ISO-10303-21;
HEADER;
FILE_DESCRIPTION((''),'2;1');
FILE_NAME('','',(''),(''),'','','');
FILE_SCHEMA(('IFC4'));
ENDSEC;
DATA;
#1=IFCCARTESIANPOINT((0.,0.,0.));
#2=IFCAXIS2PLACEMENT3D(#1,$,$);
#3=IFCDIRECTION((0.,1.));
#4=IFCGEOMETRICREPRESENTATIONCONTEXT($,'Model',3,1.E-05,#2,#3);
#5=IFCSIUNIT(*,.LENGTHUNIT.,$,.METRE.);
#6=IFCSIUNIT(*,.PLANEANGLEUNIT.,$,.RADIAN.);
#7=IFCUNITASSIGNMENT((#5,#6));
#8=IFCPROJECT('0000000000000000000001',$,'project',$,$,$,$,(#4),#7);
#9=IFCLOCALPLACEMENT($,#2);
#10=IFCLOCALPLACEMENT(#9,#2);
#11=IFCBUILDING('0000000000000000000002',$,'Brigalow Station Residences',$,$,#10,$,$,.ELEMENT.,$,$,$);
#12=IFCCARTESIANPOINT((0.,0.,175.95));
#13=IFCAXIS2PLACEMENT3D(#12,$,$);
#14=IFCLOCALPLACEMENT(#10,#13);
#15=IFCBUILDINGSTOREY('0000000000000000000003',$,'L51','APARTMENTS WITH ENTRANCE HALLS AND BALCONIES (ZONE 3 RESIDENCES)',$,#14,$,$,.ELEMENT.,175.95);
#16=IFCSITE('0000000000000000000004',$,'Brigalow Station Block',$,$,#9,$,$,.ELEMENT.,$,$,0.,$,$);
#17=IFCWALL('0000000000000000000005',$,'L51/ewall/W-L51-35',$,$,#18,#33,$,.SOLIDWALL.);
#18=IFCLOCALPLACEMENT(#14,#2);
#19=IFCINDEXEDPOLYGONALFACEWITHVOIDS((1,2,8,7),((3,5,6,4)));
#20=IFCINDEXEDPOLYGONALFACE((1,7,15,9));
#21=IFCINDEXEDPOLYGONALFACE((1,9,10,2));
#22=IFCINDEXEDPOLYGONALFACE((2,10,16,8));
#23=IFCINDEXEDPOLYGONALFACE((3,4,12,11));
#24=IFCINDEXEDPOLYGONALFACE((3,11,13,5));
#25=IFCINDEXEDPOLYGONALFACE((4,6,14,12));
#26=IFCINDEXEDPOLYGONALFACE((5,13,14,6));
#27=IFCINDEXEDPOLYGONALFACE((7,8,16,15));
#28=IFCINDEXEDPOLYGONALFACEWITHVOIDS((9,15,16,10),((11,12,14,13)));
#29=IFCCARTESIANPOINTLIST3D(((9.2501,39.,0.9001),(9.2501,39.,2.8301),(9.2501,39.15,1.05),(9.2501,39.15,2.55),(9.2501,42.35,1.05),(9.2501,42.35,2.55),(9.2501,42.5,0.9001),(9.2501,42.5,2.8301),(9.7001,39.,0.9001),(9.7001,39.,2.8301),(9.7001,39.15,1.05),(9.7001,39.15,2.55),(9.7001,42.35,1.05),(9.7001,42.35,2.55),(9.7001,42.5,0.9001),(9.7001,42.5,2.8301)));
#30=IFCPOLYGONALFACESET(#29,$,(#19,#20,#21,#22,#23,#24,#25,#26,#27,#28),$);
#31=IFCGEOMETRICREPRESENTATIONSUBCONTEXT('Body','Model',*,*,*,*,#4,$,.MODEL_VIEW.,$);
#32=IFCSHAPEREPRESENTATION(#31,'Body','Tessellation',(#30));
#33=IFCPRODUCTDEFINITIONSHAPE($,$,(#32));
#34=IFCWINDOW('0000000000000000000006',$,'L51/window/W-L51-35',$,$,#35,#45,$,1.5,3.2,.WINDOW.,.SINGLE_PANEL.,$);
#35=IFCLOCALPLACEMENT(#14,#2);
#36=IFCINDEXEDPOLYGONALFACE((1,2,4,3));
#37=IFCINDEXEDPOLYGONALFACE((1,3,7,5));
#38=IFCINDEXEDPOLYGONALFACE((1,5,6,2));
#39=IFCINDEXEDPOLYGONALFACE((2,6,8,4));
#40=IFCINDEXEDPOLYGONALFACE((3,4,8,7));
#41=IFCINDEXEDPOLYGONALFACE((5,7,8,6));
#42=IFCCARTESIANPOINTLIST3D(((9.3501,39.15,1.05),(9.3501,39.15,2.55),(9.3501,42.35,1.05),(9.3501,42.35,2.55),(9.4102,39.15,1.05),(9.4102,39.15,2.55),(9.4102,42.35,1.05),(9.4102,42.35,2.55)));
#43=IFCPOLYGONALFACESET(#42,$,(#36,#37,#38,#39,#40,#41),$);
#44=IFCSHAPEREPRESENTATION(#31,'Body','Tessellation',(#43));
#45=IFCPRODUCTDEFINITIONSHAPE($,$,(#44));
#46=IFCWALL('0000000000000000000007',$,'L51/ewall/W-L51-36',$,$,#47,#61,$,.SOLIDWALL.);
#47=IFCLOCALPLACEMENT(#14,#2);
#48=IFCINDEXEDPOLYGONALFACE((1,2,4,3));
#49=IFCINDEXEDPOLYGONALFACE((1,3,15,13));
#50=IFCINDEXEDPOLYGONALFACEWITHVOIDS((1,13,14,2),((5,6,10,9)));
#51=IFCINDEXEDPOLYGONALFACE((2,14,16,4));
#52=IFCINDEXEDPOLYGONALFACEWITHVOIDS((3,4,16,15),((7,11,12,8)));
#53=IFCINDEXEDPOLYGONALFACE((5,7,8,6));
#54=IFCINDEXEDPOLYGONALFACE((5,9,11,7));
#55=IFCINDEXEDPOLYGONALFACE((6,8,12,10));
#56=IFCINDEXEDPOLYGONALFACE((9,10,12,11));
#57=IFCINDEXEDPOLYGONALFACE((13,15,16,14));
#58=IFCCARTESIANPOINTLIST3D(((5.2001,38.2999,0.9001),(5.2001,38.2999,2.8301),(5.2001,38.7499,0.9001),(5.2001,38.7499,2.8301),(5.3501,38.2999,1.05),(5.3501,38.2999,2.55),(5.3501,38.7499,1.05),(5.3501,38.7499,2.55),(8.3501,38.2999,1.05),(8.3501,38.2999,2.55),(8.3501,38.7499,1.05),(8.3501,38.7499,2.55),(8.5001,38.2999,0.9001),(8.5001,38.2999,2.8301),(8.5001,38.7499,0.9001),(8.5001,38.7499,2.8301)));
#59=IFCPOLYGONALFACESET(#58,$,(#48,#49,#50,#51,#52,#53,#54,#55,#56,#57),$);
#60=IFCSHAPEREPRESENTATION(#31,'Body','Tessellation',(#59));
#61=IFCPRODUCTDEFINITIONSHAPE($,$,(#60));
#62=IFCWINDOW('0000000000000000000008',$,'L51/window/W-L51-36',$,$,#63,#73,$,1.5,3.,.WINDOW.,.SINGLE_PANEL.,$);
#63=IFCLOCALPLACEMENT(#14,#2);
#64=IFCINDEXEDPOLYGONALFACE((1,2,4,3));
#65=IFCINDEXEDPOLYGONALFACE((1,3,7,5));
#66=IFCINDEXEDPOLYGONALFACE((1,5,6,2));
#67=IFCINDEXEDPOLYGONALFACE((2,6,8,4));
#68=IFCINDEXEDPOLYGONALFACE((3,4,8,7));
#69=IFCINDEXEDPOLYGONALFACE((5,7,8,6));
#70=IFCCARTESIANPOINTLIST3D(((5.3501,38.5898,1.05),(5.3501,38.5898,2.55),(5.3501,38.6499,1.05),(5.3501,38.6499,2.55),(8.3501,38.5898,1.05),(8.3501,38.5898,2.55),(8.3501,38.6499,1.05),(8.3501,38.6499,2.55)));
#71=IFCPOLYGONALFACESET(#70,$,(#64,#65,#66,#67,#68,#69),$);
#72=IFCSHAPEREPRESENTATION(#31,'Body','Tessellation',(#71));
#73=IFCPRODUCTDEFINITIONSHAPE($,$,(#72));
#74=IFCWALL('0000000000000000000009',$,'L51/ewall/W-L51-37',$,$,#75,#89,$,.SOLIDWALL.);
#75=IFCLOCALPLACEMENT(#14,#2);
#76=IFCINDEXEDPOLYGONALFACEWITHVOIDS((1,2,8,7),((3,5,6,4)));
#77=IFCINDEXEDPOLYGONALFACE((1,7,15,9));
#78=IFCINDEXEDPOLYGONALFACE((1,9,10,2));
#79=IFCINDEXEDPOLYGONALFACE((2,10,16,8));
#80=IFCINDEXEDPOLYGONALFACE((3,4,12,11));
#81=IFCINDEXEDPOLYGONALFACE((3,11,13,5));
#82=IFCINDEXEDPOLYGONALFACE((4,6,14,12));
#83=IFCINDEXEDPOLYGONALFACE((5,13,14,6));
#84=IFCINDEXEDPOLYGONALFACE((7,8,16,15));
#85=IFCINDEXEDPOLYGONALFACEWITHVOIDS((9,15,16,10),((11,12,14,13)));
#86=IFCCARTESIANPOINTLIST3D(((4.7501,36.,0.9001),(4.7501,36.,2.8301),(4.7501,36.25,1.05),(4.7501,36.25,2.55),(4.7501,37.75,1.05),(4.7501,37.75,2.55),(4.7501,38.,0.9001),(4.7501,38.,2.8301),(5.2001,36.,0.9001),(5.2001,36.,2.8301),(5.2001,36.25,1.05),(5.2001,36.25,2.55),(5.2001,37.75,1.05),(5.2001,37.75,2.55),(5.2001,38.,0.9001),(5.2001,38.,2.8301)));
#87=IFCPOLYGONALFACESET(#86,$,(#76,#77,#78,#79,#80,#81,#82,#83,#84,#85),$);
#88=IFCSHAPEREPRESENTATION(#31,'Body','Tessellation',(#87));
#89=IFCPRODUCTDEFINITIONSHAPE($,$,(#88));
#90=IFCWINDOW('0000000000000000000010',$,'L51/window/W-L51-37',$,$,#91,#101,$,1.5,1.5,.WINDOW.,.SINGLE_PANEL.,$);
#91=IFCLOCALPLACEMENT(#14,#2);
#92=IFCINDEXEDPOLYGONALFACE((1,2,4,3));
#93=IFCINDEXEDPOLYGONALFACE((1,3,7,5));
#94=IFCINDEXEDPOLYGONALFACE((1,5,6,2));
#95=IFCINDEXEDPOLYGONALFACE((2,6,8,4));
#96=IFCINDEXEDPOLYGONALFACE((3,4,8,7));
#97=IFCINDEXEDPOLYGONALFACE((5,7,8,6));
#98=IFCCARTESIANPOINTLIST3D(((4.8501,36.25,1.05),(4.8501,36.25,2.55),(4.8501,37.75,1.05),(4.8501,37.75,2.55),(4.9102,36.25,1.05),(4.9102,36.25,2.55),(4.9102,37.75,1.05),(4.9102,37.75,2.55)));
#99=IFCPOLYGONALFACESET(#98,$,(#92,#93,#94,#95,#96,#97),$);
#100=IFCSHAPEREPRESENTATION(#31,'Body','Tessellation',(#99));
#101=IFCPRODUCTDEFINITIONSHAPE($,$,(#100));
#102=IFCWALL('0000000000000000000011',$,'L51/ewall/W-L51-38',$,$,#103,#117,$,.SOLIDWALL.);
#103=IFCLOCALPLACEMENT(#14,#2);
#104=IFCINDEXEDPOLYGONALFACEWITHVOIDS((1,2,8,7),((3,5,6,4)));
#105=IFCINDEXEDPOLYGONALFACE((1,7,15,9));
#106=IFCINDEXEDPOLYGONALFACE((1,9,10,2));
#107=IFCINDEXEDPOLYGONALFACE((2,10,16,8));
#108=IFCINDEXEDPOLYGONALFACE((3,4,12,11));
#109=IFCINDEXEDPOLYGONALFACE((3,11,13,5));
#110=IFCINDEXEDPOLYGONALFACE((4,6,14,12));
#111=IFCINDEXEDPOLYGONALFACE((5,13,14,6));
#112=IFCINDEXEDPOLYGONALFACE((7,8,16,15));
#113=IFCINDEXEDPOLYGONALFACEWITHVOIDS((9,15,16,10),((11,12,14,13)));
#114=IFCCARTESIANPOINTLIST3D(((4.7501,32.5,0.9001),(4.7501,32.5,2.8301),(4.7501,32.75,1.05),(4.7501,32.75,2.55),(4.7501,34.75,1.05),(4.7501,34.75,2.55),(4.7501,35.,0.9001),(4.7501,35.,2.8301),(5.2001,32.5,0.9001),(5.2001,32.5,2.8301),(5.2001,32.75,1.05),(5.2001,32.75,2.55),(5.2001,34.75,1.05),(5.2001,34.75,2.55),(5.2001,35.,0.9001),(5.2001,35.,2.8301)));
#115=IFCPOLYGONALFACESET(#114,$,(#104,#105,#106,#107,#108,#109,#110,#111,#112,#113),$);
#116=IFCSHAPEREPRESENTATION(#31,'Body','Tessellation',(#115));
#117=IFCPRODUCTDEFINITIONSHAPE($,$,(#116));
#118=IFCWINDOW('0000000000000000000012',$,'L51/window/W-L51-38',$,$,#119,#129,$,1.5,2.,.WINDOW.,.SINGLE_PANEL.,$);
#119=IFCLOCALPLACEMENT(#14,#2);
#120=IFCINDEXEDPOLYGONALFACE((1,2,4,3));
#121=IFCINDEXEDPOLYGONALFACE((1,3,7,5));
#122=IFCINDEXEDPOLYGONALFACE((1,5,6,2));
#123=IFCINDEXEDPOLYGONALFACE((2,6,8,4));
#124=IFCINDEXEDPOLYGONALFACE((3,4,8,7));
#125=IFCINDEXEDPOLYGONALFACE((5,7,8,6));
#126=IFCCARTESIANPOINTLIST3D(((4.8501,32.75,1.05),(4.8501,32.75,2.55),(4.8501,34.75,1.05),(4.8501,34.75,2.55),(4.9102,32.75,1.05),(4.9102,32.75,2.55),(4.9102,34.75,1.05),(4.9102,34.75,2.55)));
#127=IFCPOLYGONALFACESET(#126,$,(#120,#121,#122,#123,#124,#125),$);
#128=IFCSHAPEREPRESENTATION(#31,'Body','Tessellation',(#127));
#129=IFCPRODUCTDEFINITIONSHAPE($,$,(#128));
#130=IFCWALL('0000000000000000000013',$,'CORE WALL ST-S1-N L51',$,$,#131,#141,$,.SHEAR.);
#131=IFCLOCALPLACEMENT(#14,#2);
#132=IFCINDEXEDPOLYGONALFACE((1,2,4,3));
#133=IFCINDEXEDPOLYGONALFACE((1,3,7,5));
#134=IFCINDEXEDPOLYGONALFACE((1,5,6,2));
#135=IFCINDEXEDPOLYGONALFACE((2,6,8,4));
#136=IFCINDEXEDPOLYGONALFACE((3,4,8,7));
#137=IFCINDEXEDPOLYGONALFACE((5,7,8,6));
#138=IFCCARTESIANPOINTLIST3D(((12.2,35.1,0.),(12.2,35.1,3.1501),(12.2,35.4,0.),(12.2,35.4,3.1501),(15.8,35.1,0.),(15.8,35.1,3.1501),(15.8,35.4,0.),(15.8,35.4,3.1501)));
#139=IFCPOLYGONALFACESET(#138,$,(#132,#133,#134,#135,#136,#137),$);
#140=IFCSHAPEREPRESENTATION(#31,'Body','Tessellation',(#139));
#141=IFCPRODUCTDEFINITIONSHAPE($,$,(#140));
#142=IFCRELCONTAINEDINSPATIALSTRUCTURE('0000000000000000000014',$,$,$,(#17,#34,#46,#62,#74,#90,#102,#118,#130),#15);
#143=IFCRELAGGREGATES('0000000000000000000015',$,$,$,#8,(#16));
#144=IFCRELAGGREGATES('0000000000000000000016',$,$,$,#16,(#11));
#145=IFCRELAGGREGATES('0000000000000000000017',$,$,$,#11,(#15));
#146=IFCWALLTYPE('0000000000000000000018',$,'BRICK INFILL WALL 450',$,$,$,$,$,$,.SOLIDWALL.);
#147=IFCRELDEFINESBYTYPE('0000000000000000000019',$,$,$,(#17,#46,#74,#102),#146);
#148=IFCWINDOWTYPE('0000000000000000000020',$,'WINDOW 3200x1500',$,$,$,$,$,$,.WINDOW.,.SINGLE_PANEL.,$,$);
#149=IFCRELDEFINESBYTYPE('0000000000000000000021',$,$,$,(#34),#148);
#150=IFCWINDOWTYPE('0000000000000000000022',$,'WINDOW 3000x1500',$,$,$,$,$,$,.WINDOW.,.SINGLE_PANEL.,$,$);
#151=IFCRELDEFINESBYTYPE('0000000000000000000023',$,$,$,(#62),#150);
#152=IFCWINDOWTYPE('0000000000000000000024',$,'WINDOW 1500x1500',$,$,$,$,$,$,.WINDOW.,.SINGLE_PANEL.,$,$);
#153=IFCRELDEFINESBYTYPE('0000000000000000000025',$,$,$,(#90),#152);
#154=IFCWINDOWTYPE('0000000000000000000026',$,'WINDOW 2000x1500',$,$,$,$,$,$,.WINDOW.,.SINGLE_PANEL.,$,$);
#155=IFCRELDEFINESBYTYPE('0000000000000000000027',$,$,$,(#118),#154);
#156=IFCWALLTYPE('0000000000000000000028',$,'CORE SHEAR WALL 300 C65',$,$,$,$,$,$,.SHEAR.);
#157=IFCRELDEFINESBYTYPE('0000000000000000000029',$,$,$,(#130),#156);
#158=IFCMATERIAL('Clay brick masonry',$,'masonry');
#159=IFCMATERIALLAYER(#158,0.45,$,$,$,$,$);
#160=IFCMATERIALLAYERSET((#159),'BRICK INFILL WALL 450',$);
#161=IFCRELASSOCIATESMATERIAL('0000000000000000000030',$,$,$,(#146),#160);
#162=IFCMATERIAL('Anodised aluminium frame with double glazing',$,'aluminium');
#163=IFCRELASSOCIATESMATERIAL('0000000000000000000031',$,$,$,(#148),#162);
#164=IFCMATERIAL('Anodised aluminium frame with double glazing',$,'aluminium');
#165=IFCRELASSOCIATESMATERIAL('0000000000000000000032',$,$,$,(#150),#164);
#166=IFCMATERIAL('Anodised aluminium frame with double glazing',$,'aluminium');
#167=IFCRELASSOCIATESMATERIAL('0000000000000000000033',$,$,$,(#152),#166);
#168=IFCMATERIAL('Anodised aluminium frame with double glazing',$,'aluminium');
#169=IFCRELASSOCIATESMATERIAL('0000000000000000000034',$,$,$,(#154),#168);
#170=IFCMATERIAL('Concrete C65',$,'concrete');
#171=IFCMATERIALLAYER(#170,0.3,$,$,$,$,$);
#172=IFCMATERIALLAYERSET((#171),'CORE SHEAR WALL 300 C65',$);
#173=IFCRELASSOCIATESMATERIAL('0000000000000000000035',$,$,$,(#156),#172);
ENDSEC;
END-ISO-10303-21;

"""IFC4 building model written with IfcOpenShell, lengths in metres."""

from ifc_helpers import new_model, si_unit, direction, frame, frame_2d, origin, place, context, subcontext, project, spatial, rectangle, extrude, material, layer, layer_set, type_object, element, fill, save


model = new_model("IFC4")

# Units and contexts
model_context = context("Model", 3, precision=1e-05, world=origin(), true_north=direction((0.0, 1.0)))
body_context = subcontext(model_context, "Body", "Model", "MODEL_VIEW")
ifc_project = project(units=[si_unit("LENGTHUNIT", "METRE"), si_unit("PLANEANGLEUNIT", "RADIAN")], contexts=[model_context])

# Site, building, storey
site_placement = place(None, origin())
site = spatial("IfcSite", under=ifc_project, at=site_placement, Name="Brigalow Station Block", CompositionType="ELEMENT", RefElevation=0.0)
building_placement = place(site_placement, origin())
building = spatial("IfcBuilding", under=site, at=building_placement, Name="Brigalow Station Residences", CompositionType="ELEMENT")
storey_placement = place(building_placement, frame((0.0, 0.0, 175.95)))
storey = spatial("IfcBuildingStorey", under=building, at=storey_placement, Name="L51", Description="APARTMENTS WITH ENTRANCE HALLS AND BALCONIES (ZONE 3 RESIDENCES)", CompositionType="ELEMENT", Elevation=175.95)

# Shared definitions
ifc_material_1 = material(Name="Clay brick masonry", Category="masonry")
ifc_layer_1 = layer(ifc_material_1, 0.45)
ifc_layer_set_1 = layer_set([ifc_layer_1], Name="BRICK INFILL WALL 450")
wall_type_1 = type_object("IfcWallType", Name="BRICK INFILL WALL 450", PredefinedType="SOLIDWALL", material=ifc_layer_set_1)

# Walls, openings, windows
wall_1_placement = place(storey_placement, frame((9.4751, 42.5, 0.9001), z_axis=(0.0, 0.0, 1.0), x_axis=(0.0, -1.0, 0.0)))
wall_1 = element("IfcWall", 1, at=wall_1_placement, inside=storey, type_object=wall_type_1, Name="L51/ewall/W-L51-35", PredefinedType="SOLIDWALL", context=body_context, shape_type="SweptSolid", body=[
    extrude(rectangle(XDim=3.5, YDim=0.45, at=frame_2d((1.75, 0.0))), origin(), (0.0, 0.0, 1.0), 1.9299),
])
opening_1_placement = place(wall_1_placement, frame((0.1499, 0.0, 0.1499)))
opening_1 = element("IfcOpeningElement", 2, at=opening_1_placement, cuts=wall_1, PredefinedType="OPENING", context=body_context, shape_type="SweptSolid", body=[
    extrude(rectangle(XDim=3.2, YDim=1.5, at=frame_2d((1.6001, 0.75))), frame((0.0, 0.2349, 0.0), z_axis=(0.0, -1.0, 0.0), x_axis=(1.0, 0.0, 0.0)), (0.0, 0.0, 1.0), 0.47),
])
ifc_material_2 = material(Name="Anodised aluminium frame with double glazing", Category="aluminium")
window_type_1 = type_object("IfcWindowType", Name="WINDOW 3200x1500", PartitioningType="SINGLE_PANEL", PredefinedType="WINDOW", material=ifc_material_2)
window_1_placement = place(opening_1_placement, origin())
window_1 = element("IfcWindow", 3, at=window_1_placement, inside=storey, type_object=window_type_1, Name="L51/window/W-L51-35", OverallHeight=1.5, OverallWidth=3.2, PartitioningType="SINGLE_PANEL", PredefinedType="WINDOW", context=body_context, shape_type="SweptSolid", body=[
    extrude(rectangle(XDim=3.2, YDim=1.5, at=frame_2d((1.6001, 0.75))), frame((0.0, -0.0649, 0.0), z_axis=(0.0, -1.0, 0.0), x_axis=(1.0, 0.0, 0.0)), (0.0, 0.0, 1.0), 0.0601),
])
fill(opening_1, window_1)
wall_2_placement = place(storey_placement, frame((8.5, 38.5249, 0.9001), z_axis=(0.0, 0.0, 1.0), x_axis=(-1.0, 0.0, 0.0)))
wall_2 = element("IfcWall", 4, at=wall_2_placement, inside=storey, type_object=wall_type_1, Name="L51/ewall/W-L51-36", PredefinedType="SOLIDWALL", context=body_context, shape_type="SweptSolid", body=[
    extrude(rectangle(XDim=3.3, YDim=0.45, at=frame_2d((1.6499, 0.0))), origin(), (0.0, 0.0, 1.0), 1.9299),
])
opening_2_placement = place(wall_2_placement, frame((0.1499, 0.0, 0.1499)))
opening_2 = element("IfcOpeningElement", 5, at=opening_2_placement, cuts=wall_2, PredefinedType="OPENING", context=body_context, shape_type="SweptSolid", body=[
    extrude(rectangle(XDim=3.0, YDim=1.5, at=frame_2d((1.5, 0.75))), frame((0.0, 0.2349, 0.0), z_axis=(0.0, -1.0, 0.0), x_axis=(1.0, 0.0, 0.0)), (0.0, 0.0, 1.0), 0.47),
])
ifc_material_3 = material(Name="Anodised aluminium frame with double glazing", Category="aluminium")
window_type_2 = type_object("IfcWindowType", Name="WINDOW 3000x1500", PartitioningType="SINGLE_PANEL", PredefinedType="WINDOW", material=ifc_material_3)
window_2_placement = place(opening_2_placement, origin())
window_2 = element("IfcWindow", 6, at=window_2_placement, inside=storey, type_object=window_type_2, Name="L51/window/W-L51-36", OverallHeight=1.5, OverallWidth=3.0, PartitioningType="SINGLE_PANEL", PredefinedType="WINDOW", context=body_context, shape_type="SweptSolid", body=[
    extrude(rectangle(XDim=3.0, YDim=1.5, at=frame_2d((1.5, 0.75))), frame((0.0, -0.0649, 0.0), z_axis=(0.0, -1.0, 0.0), x_axis=(1.0, 0.0, 0.0)), (0.0, 0.0, 1.0), 0.0601),
])
fill(opening_2, window_2)
wall_3_placement = place(storey_placement, frame((4.9751, 38.0, 0.9001), z_axis=(0.0, 0.0, 1.0), x_axis=(0.0, -1.0, 0.0)))
wall_3 = element("IfcWall", 7, at=wall_3_placement, inside=storey, type_object=wall_type_1, Name="L51/ewall/W-L51-37", PredefinedType="SOLIDWALL", context=body_context, shape_type="SweptSolid", body=[
    extrude(rectangle(XDim=2.0, YDim=0.45, at=frame_2d((1.0, 0.0))), origin(), (0.0, 0.0, 1.0), 1.9299),
])
opening_3_placement = place(wall_3_placement, frame((0.25, 0.0, 0.1499)))
opening_3 = element("IfcOpeningElement", 8, at=opening_3_placement, cuts=wall_3, PredefinedType="OPENING", context=body_context, shape_type="SweptSolid", body=[
    extrude(rectangle(XDim=1.5, YDim=1.5, at=frame_2d((0.75, 0.75))), frame((0.0, 0.2349, 0.0), z_axis=(0.0, -1.0, 0.0), x_axis=(1.0, 0.0, 0.0)), (0.0, 0.0, 1.0), 0.47),
])
ifc_material_4 = material(Name="Anodised aluminium frame with double glazing", Category="aluminium")
window_type_3 = type_object("IfcWindowType", Name="WINDOW 1500x1500", PartitioningType="SINGLE_PANEL", PredefinedType="WINDOW", material=ifc_material_4)
window_3_placement = place(opening_3_placement, origin())
window_3 = element("IfcWindow", 9, at=window_3_placement, inside=storey, type_object=window_type_3, Name="L51/window/W-L51-37", OverallHeight=1.5, OverallWidth=1.5, PartitioningType="SINGLE_PANEL", PredefinedType="WINDOW", context=body_context, shape_type="SweptSolid", body=[
    extrude(rectangle(XDim=1.5, YDim=1.5, at=frame_2d((0.75, 0.75))), frame((0.0, -0.0649, 0.0), z_axis=(0.0, -1.0, 0.0), x_axis=(1.0, 0.0, 0.0)), (0.0, 0.0, 1.0), 0.0601),
])
fill(opening_3, window_3)
wall_4_placement = place(storey_placement, frame((4.9751, 35.0, 0.9001), z_axis=(0.0, 0.0, 1.0), x_axis=(0.0, -1.0, 0.0)))
wall_4 = element("IfcWall", 10, at=wall_4_placement, inside=storey, type_object=wall_type_1, Name="L51/ewall/W-L51-38", PredefinedType="SOLIDWALL", context=body_context, shape_type="SweptSolid", body=[
    extrude(rectangle(XDim=2.5, YDim=0.45, at=frame_2d((1.25, 0.0))), origin(), (0.0, 0.0, 1.0), 1.9299),
])
opening_4_placement = place(wall_4_placement, frame((0.25, 0.0, 0.1499)))
opening_4 = element("IfcOpeningElement", 11, at=opening_4_placement, cuts=wall_4, PredefinedType="OPENING", context=body_context, shape_type="SweptSolid", body=[
    extrude(rectangle(XDim=2.0, YDim=1.5, at=frame_2d((1.0, 0.75))), frame((0.0, 0.2349, 0.0), z_axis=(0.0, -1.0, 0.0), x_axis=(1.0, 0.0, 0.0)), (0.0, 0.0, 1.0), 0.47),
])
ifc_material_5 = material(Name="Anodised aluminium frame with double glazing", Category="aluminium")
window_type_4 = type_object("IfcWindowType", Name="WINDOW 2000x1500", PartitioningType="SINGLE_PANEL", PredefinedType="WINDOW", material=ifc_material_5)
window_4_placement = place(opening_4_placement, origin())
window_4 = element("IfcWindow", 12, at=window_4_placement, inside=storey, type_object=window_type_4, Name="L51/window/W-L51-38", OverallHeight=1.5, OverallWidth=2.0, PartitioningType="SINGLE_PANEL", PredefinedType="WINDOW", context=body_context, shape_type="SweptSolid", body=[
    extrude(rectangle(XDim=2.0, YDim=1.5, at=frame_2d((1.0, 0.75))), frame((0.0, -0.0649, 0.0), z_axis=(0.0, -1.0, 0.0), x_axis=(1.0, 0.0, 0.0)), (0.0, 0.0, 1.0), 0.0601),
])
fill(opening_4, window_4)

# Wall
ifc_material_6 = material(Name="Concrete C65", Category="concrete")
ifc_layer_2 = layer(ifc_material_6, 0.3)
ifc_layer_set_2 = layer_set([ifc_layer_2], Name="CORE SHEAR WALL 300 C65")
wall_type_2 = type_object("IfcWallType", Name="CORE SHEAR WALL 300 C65", PredefinedType="SHEAR", material=ifc_layer_set_2)
wall_5_placement = place(storey_placement, frame((12.2, 35.25, 0.0), z_axis=(0.0, 0.0, 1.0), x_axis=(1.0, 0.0, 0.0)))
element("IfcWall", 13, at=wall_5_placement, inside=storey, type_object=wall_type_2, Name="CORE WALL ST-S1-N L51", PredefinedType="SHEAR", context=body_context, shape_type="SweptSolid", body=[
    extrude(rectangle(XDim=3.6001, YDim=0.3, at=frame_2d((1.8, 0.0))), origin(), (0.0, 0.0, 1.0), 3.1501),
])

save(model, "model.ifc")
